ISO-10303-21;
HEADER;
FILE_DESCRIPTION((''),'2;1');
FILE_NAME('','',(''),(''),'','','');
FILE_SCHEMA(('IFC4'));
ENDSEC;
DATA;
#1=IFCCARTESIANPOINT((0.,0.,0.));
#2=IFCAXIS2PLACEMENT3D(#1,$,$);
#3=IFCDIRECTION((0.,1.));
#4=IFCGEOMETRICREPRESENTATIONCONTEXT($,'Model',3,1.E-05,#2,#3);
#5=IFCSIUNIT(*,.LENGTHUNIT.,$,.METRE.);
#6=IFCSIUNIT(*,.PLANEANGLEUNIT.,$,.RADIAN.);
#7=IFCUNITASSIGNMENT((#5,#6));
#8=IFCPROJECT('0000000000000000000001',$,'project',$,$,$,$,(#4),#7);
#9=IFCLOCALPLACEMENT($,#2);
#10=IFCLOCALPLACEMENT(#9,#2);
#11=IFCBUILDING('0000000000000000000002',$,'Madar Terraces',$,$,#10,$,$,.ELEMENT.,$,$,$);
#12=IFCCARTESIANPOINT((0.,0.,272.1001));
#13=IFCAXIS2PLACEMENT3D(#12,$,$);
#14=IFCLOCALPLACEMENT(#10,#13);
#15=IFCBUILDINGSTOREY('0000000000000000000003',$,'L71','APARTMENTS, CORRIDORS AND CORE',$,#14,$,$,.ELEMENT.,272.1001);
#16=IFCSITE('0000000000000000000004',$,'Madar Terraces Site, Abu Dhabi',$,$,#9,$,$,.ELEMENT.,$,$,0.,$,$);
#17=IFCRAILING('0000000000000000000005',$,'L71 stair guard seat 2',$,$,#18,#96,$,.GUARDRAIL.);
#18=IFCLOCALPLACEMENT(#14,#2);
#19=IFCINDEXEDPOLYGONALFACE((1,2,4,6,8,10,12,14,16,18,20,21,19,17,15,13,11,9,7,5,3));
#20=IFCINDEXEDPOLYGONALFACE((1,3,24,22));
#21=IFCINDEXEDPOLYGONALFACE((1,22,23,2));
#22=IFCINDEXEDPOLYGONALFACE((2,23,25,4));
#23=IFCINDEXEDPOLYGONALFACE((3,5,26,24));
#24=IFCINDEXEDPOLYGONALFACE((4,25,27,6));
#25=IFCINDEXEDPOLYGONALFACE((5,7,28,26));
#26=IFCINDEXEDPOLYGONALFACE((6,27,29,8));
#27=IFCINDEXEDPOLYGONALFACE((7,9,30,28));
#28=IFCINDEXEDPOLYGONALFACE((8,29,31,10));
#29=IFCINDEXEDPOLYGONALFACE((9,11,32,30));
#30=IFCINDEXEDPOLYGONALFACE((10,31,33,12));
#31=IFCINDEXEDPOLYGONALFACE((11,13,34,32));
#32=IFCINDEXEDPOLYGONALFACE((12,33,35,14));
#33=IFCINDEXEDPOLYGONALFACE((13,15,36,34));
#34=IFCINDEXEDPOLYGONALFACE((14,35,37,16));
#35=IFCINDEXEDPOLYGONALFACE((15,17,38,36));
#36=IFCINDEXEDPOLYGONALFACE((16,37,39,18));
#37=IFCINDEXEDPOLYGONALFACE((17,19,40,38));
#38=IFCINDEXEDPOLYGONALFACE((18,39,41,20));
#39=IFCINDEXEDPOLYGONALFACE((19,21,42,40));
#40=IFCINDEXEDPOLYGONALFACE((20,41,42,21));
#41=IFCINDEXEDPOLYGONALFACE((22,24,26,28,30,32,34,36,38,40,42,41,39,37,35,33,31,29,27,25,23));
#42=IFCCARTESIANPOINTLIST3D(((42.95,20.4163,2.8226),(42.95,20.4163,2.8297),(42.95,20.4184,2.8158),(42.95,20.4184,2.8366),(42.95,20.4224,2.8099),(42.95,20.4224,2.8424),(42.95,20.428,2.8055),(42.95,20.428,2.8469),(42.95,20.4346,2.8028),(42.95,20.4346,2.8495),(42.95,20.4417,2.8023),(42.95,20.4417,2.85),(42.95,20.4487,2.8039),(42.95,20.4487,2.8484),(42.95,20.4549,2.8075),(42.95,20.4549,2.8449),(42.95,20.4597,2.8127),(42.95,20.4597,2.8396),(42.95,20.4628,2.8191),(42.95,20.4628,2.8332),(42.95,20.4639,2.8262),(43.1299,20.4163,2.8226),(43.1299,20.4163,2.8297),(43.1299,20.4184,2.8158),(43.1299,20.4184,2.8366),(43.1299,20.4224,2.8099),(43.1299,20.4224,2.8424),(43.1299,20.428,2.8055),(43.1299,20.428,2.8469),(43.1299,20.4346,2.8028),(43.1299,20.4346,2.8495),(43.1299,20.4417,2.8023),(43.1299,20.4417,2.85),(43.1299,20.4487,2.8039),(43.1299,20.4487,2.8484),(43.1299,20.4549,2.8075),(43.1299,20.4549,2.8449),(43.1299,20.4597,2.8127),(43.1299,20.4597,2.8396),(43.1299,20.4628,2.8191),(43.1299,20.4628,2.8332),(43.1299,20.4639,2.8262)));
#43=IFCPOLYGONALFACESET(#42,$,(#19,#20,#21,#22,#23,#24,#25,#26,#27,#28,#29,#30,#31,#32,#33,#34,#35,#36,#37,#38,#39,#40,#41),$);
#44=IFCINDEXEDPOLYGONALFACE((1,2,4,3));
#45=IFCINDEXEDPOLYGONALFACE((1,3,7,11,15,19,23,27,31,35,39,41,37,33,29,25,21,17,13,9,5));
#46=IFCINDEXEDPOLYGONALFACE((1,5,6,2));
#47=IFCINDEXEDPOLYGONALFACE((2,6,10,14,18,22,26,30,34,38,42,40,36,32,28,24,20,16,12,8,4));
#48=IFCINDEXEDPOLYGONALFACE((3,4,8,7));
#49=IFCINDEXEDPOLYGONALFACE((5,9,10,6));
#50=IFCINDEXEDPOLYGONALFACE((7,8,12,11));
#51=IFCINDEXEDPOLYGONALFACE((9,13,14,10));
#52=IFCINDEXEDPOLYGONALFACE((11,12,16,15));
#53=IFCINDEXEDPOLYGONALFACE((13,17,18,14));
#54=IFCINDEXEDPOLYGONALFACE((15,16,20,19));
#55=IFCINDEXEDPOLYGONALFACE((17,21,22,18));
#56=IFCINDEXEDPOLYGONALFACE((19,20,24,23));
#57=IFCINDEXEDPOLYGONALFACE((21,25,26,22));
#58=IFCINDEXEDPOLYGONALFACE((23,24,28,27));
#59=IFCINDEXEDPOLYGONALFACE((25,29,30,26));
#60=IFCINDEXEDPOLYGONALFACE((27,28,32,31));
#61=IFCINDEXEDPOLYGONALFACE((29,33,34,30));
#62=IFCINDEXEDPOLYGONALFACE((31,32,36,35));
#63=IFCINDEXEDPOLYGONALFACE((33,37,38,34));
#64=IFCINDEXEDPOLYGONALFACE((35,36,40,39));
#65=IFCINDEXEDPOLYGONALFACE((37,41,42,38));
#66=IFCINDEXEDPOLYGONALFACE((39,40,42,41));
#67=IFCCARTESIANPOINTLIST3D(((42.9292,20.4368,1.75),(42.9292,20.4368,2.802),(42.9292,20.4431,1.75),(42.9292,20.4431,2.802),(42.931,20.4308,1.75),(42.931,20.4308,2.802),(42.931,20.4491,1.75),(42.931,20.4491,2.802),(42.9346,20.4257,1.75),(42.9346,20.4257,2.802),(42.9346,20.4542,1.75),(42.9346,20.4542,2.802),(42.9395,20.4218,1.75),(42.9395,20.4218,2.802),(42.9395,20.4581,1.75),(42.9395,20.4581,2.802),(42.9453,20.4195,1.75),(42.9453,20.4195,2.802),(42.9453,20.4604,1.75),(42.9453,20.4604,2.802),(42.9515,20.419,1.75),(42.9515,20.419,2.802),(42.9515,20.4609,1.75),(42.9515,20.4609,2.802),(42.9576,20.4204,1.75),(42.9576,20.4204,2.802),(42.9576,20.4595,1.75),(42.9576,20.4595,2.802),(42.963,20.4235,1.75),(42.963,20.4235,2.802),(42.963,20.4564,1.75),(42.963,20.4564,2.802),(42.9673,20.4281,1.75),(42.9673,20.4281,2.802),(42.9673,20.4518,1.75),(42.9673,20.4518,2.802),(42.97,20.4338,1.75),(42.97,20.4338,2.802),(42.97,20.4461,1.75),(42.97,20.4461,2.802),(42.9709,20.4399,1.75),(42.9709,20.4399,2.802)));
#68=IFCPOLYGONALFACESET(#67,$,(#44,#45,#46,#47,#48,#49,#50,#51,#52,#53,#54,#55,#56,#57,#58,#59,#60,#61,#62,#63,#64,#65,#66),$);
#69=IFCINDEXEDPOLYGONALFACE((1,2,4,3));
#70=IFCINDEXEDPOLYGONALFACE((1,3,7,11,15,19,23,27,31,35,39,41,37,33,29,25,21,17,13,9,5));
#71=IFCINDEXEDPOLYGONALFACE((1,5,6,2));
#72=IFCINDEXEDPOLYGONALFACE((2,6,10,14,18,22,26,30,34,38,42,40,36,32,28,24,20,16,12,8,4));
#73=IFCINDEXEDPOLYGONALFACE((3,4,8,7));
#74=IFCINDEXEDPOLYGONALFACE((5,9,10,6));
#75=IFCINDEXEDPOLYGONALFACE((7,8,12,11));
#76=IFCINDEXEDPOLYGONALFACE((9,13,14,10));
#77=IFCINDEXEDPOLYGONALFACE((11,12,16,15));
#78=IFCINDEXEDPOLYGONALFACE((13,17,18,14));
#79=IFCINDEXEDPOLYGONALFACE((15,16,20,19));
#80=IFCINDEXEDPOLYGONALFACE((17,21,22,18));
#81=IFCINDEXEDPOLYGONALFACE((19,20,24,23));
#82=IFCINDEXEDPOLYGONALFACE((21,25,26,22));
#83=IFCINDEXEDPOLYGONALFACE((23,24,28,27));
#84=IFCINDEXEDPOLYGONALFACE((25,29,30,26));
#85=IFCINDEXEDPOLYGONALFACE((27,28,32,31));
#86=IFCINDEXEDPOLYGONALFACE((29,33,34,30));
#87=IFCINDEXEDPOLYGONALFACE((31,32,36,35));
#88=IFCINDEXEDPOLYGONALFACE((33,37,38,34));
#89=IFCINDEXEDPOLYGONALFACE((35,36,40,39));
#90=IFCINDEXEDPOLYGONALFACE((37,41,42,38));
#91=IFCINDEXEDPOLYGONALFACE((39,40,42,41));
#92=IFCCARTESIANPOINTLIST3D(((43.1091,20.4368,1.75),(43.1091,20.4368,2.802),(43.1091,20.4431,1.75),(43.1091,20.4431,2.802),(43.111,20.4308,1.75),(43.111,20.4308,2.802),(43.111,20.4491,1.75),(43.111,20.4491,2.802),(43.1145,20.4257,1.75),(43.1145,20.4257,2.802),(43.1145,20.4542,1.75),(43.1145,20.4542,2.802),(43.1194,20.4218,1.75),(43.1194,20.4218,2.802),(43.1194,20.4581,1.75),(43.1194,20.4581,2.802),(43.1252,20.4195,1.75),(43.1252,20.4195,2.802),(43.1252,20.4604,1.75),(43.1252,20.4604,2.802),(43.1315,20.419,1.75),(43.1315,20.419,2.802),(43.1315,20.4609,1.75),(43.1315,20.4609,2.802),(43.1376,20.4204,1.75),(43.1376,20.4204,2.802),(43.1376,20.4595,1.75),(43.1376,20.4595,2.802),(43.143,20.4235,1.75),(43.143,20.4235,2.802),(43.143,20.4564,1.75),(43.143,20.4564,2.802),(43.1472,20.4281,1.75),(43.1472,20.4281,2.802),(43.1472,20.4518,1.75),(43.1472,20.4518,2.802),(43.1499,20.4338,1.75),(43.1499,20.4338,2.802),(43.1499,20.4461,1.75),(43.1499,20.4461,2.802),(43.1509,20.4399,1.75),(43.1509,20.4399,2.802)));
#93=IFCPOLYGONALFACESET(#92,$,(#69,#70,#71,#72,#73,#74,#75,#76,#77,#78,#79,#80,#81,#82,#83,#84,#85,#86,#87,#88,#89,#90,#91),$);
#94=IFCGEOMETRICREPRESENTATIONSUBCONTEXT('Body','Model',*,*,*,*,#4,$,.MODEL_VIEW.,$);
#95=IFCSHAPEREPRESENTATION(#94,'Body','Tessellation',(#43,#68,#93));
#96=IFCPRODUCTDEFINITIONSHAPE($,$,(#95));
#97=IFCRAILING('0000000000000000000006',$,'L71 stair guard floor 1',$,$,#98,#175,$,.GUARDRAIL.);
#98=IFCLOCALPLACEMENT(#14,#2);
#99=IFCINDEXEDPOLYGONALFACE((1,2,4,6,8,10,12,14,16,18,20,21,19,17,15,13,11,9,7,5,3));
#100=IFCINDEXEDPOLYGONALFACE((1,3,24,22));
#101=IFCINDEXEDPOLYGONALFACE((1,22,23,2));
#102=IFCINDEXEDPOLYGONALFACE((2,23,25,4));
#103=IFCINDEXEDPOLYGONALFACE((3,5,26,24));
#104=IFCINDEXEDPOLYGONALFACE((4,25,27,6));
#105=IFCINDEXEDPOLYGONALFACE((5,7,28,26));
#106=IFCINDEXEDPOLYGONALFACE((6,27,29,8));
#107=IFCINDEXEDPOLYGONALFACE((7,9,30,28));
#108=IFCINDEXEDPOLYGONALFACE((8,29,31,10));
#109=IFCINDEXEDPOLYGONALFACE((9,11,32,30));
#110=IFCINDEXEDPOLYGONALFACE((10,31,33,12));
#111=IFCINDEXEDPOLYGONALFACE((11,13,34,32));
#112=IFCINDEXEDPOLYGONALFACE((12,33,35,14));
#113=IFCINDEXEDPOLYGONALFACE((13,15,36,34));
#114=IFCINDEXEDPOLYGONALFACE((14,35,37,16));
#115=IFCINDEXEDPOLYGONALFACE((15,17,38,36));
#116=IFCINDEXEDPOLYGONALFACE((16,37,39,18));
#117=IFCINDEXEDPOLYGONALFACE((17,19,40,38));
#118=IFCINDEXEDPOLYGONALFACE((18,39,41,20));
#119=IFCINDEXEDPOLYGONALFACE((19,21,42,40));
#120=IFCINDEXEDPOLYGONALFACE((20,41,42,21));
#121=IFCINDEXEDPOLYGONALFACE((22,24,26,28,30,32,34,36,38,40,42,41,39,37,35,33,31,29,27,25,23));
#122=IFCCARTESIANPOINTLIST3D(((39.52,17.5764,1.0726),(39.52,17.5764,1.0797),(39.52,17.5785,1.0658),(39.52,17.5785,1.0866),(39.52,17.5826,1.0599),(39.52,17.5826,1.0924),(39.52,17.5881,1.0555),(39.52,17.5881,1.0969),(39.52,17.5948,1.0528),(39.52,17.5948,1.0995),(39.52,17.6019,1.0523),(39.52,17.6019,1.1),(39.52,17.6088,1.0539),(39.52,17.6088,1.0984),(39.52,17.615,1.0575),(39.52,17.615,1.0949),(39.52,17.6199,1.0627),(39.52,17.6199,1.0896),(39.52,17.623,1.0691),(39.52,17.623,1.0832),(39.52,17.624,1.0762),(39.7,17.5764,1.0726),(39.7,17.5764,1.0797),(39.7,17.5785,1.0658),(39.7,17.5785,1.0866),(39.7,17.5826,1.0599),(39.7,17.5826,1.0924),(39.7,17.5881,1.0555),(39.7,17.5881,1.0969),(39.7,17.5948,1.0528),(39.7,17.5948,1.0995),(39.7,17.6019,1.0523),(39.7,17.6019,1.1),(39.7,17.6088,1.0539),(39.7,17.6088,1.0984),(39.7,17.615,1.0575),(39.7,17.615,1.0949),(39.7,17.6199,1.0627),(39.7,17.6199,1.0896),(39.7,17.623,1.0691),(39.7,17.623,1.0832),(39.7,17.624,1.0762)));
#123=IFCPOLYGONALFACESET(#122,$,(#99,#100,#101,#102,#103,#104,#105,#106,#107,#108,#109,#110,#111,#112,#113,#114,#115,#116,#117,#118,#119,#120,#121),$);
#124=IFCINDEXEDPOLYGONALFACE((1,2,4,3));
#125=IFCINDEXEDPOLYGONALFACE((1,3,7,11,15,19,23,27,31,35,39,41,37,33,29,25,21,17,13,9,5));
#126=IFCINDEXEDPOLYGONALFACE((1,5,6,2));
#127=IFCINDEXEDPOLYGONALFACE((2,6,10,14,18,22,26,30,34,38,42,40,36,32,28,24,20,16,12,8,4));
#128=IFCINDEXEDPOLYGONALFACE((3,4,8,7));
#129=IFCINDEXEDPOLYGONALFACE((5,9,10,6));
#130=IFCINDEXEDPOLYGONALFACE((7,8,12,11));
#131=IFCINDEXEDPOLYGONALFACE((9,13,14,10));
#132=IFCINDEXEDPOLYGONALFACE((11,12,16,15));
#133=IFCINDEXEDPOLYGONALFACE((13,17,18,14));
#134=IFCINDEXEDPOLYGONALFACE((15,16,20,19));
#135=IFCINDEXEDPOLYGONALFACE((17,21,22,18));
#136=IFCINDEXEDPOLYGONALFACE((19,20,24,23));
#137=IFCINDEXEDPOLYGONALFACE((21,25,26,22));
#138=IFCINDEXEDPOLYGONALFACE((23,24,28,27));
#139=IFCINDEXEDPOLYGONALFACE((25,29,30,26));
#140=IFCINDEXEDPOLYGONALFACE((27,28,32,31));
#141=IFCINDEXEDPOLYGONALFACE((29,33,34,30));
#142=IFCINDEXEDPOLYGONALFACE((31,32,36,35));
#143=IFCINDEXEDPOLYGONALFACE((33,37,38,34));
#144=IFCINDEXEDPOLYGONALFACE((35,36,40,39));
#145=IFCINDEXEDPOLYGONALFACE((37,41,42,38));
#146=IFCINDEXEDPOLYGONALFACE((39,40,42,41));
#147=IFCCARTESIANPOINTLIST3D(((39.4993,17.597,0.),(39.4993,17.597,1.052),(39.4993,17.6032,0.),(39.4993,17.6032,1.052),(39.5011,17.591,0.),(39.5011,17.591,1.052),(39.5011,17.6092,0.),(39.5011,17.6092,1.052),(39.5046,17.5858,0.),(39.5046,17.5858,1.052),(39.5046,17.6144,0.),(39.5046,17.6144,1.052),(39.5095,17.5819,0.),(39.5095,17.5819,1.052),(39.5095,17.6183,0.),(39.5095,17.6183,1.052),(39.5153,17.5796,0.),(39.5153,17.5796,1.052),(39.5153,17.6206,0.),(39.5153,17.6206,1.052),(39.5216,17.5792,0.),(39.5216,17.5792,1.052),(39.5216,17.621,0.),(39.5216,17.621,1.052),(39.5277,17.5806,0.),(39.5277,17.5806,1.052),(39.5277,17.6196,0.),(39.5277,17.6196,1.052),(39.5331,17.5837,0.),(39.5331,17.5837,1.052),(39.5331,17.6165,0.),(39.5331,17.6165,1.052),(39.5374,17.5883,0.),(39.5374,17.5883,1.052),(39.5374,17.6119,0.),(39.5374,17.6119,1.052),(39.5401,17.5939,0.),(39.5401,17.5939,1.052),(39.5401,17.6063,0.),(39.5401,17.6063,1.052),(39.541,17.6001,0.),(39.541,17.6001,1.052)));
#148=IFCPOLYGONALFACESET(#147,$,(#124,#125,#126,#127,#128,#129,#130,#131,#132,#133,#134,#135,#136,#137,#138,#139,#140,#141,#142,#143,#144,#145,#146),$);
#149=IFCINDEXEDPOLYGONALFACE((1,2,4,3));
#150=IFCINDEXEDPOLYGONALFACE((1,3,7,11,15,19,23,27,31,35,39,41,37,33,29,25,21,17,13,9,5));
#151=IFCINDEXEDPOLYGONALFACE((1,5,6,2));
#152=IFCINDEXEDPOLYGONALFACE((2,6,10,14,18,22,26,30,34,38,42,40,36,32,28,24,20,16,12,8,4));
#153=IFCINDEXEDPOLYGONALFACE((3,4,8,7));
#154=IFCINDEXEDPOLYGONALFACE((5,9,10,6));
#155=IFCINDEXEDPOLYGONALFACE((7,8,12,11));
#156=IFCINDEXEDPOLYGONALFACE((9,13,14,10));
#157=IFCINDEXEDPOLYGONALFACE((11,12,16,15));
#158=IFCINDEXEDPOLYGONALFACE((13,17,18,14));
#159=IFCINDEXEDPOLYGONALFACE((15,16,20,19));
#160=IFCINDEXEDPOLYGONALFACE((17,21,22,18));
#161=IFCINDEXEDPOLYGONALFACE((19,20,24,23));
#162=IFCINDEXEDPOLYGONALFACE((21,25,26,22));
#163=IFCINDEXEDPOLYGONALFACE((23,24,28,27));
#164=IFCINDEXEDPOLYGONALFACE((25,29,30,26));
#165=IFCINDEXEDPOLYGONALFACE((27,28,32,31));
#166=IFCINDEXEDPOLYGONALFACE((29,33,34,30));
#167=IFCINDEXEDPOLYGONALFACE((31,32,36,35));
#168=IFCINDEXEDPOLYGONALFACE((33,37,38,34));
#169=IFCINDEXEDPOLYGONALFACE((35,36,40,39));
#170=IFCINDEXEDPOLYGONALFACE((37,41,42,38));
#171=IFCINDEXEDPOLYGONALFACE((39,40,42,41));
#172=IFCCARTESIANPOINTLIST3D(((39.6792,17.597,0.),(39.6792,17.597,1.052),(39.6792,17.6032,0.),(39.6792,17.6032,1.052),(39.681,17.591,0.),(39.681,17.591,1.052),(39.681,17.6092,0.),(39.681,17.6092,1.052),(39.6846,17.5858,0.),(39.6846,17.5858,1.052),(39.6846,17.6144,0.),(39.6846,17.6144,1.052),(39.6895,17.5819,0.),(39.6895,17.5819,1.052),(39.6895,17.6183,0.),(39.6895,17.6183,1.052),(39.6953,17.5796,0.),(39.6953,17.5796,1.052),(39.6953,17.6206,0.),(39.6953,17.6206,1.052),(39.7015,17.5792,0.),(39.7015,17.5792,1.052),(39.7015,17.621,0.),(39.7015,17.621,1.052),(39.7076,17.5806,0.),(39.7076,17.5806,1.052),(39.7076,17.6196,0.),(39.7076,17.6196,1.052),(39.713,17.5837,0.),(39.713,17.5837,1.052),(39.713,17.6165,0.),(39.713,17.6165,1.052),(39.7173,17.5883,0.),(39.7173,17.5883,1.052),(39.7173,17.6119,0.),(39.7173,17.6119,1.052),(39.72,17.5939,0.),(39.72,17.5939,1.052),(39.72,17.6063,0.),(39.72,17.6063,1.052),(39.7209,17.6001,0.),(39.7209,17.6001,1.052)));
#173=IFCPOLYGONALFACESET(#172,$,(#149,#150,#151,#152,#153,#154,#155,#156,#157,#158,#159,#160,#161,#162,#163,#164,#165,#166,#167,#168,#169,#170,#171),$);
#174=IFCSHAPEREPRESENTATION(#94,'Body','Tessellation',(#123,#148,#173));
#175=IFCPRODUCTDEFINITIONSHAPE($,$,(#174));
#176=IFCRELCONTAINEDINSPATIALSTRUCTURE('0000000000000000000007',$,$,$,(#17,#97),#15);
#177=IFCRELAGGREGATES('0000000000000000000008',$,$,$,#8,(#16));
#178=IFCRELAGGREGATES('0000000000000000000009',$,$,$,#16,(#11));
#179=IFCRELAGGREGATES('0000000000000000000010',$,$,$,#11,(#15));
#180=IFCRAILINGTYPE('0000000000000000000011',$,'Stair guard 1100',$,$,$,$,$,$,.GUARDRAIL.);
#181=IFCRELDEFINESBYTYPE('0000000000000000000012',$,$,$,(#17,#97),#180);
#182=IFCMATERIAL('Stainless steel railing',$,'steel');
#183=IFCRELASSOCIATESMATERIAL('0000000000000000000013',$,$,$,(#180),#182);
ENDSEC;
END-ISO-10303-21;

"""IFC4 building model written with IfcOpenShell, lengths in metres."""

from ifc_helpers import new_model, si_unit, direction, frame, origin, origin_2d, place, context, subcontext, project, spatial, circle, extrude, material, type_object, element, save


model = new_model("IFC4")

# Units and contexts
model_context = context("Model", 3, precision=1e-05, world=origin(), true_north=direction((0.0, 1.0)))
body_context = subcontext(model_context, "Body", "Model", "MODEL_VIEW")
ifc_project = project(units=[si_unit("LENGTHUNIT", "METRE"), si_unit("PLANEANGLEUNIT", "RADIAN")], contexts=[model_context])

# Site, building, storey
site_placement = place(None, origin())
site = spatial("IfcSite", under=ifc_project, at=site_placement, Name="Madar Terraces Site, Abu Dhabi", CompositionType="ELEMENT", RefElevation=0.0)
building_placement = place(site_placement, origin())
building = spatial("IfcBuilding", under=site, at=building_placement, Name="Madar Terraces", CompositionType="ELEMENT")
storey_placement = place(building_placement, frame((0.0, 0.0, 272.1001)))
storey = spatial("IfcBuildingStorey", under=building, at=storey_placement, Name="L71", Description="APARTMENTS, CORRIDORS AND CORE", CompositionType="ELEMENT", Elevation=272.1001)

# Railings
ifc_material_1 = material(Name="Stainless steel railing", Category="steel")
railing_type_1 = type_object("IfcRailingType", Name="Stair guard 1100", PredefinedType="GUARDRAIL", material=ifc_material_1)
for number, where, name in (
    (1, (42.95, 20.4399, 1.75), "L71 stair guard seat 2"),
    (2, (39.52, 17.6001, 0.0), "L71 stair guard floor 1"),
):
    element("IfcRailing", number, at=place(storey_placement, frame(where)), inside=storey, type_object=railing_type_1, Name=name, PredefinedType="GUARDRAIL", context=body_context, shape_type="SweptSolid", body=[
        extrude(circle(Radius=0.0239, at=origin_2d()), frame((0.0, 0.0, 1.0762), z_axis=(1.0, 0.0, 0.0), x_axis=(0.0, 1.0, 0.0)), (0.0, 0.0, 1.0), 0.1799),
        extrude(circle(Radius=0.021, at=origin_2d()), origin(), (0.0, 0.0, 1.0), 1.052),
        extrude(circle(Radius=0.021, at=origin_2d()), frame((0.1799, 0.0, 0.0)), (0.0, 0.0, 1.0), 1.052),
    ])

save(model, "model.ifc")
